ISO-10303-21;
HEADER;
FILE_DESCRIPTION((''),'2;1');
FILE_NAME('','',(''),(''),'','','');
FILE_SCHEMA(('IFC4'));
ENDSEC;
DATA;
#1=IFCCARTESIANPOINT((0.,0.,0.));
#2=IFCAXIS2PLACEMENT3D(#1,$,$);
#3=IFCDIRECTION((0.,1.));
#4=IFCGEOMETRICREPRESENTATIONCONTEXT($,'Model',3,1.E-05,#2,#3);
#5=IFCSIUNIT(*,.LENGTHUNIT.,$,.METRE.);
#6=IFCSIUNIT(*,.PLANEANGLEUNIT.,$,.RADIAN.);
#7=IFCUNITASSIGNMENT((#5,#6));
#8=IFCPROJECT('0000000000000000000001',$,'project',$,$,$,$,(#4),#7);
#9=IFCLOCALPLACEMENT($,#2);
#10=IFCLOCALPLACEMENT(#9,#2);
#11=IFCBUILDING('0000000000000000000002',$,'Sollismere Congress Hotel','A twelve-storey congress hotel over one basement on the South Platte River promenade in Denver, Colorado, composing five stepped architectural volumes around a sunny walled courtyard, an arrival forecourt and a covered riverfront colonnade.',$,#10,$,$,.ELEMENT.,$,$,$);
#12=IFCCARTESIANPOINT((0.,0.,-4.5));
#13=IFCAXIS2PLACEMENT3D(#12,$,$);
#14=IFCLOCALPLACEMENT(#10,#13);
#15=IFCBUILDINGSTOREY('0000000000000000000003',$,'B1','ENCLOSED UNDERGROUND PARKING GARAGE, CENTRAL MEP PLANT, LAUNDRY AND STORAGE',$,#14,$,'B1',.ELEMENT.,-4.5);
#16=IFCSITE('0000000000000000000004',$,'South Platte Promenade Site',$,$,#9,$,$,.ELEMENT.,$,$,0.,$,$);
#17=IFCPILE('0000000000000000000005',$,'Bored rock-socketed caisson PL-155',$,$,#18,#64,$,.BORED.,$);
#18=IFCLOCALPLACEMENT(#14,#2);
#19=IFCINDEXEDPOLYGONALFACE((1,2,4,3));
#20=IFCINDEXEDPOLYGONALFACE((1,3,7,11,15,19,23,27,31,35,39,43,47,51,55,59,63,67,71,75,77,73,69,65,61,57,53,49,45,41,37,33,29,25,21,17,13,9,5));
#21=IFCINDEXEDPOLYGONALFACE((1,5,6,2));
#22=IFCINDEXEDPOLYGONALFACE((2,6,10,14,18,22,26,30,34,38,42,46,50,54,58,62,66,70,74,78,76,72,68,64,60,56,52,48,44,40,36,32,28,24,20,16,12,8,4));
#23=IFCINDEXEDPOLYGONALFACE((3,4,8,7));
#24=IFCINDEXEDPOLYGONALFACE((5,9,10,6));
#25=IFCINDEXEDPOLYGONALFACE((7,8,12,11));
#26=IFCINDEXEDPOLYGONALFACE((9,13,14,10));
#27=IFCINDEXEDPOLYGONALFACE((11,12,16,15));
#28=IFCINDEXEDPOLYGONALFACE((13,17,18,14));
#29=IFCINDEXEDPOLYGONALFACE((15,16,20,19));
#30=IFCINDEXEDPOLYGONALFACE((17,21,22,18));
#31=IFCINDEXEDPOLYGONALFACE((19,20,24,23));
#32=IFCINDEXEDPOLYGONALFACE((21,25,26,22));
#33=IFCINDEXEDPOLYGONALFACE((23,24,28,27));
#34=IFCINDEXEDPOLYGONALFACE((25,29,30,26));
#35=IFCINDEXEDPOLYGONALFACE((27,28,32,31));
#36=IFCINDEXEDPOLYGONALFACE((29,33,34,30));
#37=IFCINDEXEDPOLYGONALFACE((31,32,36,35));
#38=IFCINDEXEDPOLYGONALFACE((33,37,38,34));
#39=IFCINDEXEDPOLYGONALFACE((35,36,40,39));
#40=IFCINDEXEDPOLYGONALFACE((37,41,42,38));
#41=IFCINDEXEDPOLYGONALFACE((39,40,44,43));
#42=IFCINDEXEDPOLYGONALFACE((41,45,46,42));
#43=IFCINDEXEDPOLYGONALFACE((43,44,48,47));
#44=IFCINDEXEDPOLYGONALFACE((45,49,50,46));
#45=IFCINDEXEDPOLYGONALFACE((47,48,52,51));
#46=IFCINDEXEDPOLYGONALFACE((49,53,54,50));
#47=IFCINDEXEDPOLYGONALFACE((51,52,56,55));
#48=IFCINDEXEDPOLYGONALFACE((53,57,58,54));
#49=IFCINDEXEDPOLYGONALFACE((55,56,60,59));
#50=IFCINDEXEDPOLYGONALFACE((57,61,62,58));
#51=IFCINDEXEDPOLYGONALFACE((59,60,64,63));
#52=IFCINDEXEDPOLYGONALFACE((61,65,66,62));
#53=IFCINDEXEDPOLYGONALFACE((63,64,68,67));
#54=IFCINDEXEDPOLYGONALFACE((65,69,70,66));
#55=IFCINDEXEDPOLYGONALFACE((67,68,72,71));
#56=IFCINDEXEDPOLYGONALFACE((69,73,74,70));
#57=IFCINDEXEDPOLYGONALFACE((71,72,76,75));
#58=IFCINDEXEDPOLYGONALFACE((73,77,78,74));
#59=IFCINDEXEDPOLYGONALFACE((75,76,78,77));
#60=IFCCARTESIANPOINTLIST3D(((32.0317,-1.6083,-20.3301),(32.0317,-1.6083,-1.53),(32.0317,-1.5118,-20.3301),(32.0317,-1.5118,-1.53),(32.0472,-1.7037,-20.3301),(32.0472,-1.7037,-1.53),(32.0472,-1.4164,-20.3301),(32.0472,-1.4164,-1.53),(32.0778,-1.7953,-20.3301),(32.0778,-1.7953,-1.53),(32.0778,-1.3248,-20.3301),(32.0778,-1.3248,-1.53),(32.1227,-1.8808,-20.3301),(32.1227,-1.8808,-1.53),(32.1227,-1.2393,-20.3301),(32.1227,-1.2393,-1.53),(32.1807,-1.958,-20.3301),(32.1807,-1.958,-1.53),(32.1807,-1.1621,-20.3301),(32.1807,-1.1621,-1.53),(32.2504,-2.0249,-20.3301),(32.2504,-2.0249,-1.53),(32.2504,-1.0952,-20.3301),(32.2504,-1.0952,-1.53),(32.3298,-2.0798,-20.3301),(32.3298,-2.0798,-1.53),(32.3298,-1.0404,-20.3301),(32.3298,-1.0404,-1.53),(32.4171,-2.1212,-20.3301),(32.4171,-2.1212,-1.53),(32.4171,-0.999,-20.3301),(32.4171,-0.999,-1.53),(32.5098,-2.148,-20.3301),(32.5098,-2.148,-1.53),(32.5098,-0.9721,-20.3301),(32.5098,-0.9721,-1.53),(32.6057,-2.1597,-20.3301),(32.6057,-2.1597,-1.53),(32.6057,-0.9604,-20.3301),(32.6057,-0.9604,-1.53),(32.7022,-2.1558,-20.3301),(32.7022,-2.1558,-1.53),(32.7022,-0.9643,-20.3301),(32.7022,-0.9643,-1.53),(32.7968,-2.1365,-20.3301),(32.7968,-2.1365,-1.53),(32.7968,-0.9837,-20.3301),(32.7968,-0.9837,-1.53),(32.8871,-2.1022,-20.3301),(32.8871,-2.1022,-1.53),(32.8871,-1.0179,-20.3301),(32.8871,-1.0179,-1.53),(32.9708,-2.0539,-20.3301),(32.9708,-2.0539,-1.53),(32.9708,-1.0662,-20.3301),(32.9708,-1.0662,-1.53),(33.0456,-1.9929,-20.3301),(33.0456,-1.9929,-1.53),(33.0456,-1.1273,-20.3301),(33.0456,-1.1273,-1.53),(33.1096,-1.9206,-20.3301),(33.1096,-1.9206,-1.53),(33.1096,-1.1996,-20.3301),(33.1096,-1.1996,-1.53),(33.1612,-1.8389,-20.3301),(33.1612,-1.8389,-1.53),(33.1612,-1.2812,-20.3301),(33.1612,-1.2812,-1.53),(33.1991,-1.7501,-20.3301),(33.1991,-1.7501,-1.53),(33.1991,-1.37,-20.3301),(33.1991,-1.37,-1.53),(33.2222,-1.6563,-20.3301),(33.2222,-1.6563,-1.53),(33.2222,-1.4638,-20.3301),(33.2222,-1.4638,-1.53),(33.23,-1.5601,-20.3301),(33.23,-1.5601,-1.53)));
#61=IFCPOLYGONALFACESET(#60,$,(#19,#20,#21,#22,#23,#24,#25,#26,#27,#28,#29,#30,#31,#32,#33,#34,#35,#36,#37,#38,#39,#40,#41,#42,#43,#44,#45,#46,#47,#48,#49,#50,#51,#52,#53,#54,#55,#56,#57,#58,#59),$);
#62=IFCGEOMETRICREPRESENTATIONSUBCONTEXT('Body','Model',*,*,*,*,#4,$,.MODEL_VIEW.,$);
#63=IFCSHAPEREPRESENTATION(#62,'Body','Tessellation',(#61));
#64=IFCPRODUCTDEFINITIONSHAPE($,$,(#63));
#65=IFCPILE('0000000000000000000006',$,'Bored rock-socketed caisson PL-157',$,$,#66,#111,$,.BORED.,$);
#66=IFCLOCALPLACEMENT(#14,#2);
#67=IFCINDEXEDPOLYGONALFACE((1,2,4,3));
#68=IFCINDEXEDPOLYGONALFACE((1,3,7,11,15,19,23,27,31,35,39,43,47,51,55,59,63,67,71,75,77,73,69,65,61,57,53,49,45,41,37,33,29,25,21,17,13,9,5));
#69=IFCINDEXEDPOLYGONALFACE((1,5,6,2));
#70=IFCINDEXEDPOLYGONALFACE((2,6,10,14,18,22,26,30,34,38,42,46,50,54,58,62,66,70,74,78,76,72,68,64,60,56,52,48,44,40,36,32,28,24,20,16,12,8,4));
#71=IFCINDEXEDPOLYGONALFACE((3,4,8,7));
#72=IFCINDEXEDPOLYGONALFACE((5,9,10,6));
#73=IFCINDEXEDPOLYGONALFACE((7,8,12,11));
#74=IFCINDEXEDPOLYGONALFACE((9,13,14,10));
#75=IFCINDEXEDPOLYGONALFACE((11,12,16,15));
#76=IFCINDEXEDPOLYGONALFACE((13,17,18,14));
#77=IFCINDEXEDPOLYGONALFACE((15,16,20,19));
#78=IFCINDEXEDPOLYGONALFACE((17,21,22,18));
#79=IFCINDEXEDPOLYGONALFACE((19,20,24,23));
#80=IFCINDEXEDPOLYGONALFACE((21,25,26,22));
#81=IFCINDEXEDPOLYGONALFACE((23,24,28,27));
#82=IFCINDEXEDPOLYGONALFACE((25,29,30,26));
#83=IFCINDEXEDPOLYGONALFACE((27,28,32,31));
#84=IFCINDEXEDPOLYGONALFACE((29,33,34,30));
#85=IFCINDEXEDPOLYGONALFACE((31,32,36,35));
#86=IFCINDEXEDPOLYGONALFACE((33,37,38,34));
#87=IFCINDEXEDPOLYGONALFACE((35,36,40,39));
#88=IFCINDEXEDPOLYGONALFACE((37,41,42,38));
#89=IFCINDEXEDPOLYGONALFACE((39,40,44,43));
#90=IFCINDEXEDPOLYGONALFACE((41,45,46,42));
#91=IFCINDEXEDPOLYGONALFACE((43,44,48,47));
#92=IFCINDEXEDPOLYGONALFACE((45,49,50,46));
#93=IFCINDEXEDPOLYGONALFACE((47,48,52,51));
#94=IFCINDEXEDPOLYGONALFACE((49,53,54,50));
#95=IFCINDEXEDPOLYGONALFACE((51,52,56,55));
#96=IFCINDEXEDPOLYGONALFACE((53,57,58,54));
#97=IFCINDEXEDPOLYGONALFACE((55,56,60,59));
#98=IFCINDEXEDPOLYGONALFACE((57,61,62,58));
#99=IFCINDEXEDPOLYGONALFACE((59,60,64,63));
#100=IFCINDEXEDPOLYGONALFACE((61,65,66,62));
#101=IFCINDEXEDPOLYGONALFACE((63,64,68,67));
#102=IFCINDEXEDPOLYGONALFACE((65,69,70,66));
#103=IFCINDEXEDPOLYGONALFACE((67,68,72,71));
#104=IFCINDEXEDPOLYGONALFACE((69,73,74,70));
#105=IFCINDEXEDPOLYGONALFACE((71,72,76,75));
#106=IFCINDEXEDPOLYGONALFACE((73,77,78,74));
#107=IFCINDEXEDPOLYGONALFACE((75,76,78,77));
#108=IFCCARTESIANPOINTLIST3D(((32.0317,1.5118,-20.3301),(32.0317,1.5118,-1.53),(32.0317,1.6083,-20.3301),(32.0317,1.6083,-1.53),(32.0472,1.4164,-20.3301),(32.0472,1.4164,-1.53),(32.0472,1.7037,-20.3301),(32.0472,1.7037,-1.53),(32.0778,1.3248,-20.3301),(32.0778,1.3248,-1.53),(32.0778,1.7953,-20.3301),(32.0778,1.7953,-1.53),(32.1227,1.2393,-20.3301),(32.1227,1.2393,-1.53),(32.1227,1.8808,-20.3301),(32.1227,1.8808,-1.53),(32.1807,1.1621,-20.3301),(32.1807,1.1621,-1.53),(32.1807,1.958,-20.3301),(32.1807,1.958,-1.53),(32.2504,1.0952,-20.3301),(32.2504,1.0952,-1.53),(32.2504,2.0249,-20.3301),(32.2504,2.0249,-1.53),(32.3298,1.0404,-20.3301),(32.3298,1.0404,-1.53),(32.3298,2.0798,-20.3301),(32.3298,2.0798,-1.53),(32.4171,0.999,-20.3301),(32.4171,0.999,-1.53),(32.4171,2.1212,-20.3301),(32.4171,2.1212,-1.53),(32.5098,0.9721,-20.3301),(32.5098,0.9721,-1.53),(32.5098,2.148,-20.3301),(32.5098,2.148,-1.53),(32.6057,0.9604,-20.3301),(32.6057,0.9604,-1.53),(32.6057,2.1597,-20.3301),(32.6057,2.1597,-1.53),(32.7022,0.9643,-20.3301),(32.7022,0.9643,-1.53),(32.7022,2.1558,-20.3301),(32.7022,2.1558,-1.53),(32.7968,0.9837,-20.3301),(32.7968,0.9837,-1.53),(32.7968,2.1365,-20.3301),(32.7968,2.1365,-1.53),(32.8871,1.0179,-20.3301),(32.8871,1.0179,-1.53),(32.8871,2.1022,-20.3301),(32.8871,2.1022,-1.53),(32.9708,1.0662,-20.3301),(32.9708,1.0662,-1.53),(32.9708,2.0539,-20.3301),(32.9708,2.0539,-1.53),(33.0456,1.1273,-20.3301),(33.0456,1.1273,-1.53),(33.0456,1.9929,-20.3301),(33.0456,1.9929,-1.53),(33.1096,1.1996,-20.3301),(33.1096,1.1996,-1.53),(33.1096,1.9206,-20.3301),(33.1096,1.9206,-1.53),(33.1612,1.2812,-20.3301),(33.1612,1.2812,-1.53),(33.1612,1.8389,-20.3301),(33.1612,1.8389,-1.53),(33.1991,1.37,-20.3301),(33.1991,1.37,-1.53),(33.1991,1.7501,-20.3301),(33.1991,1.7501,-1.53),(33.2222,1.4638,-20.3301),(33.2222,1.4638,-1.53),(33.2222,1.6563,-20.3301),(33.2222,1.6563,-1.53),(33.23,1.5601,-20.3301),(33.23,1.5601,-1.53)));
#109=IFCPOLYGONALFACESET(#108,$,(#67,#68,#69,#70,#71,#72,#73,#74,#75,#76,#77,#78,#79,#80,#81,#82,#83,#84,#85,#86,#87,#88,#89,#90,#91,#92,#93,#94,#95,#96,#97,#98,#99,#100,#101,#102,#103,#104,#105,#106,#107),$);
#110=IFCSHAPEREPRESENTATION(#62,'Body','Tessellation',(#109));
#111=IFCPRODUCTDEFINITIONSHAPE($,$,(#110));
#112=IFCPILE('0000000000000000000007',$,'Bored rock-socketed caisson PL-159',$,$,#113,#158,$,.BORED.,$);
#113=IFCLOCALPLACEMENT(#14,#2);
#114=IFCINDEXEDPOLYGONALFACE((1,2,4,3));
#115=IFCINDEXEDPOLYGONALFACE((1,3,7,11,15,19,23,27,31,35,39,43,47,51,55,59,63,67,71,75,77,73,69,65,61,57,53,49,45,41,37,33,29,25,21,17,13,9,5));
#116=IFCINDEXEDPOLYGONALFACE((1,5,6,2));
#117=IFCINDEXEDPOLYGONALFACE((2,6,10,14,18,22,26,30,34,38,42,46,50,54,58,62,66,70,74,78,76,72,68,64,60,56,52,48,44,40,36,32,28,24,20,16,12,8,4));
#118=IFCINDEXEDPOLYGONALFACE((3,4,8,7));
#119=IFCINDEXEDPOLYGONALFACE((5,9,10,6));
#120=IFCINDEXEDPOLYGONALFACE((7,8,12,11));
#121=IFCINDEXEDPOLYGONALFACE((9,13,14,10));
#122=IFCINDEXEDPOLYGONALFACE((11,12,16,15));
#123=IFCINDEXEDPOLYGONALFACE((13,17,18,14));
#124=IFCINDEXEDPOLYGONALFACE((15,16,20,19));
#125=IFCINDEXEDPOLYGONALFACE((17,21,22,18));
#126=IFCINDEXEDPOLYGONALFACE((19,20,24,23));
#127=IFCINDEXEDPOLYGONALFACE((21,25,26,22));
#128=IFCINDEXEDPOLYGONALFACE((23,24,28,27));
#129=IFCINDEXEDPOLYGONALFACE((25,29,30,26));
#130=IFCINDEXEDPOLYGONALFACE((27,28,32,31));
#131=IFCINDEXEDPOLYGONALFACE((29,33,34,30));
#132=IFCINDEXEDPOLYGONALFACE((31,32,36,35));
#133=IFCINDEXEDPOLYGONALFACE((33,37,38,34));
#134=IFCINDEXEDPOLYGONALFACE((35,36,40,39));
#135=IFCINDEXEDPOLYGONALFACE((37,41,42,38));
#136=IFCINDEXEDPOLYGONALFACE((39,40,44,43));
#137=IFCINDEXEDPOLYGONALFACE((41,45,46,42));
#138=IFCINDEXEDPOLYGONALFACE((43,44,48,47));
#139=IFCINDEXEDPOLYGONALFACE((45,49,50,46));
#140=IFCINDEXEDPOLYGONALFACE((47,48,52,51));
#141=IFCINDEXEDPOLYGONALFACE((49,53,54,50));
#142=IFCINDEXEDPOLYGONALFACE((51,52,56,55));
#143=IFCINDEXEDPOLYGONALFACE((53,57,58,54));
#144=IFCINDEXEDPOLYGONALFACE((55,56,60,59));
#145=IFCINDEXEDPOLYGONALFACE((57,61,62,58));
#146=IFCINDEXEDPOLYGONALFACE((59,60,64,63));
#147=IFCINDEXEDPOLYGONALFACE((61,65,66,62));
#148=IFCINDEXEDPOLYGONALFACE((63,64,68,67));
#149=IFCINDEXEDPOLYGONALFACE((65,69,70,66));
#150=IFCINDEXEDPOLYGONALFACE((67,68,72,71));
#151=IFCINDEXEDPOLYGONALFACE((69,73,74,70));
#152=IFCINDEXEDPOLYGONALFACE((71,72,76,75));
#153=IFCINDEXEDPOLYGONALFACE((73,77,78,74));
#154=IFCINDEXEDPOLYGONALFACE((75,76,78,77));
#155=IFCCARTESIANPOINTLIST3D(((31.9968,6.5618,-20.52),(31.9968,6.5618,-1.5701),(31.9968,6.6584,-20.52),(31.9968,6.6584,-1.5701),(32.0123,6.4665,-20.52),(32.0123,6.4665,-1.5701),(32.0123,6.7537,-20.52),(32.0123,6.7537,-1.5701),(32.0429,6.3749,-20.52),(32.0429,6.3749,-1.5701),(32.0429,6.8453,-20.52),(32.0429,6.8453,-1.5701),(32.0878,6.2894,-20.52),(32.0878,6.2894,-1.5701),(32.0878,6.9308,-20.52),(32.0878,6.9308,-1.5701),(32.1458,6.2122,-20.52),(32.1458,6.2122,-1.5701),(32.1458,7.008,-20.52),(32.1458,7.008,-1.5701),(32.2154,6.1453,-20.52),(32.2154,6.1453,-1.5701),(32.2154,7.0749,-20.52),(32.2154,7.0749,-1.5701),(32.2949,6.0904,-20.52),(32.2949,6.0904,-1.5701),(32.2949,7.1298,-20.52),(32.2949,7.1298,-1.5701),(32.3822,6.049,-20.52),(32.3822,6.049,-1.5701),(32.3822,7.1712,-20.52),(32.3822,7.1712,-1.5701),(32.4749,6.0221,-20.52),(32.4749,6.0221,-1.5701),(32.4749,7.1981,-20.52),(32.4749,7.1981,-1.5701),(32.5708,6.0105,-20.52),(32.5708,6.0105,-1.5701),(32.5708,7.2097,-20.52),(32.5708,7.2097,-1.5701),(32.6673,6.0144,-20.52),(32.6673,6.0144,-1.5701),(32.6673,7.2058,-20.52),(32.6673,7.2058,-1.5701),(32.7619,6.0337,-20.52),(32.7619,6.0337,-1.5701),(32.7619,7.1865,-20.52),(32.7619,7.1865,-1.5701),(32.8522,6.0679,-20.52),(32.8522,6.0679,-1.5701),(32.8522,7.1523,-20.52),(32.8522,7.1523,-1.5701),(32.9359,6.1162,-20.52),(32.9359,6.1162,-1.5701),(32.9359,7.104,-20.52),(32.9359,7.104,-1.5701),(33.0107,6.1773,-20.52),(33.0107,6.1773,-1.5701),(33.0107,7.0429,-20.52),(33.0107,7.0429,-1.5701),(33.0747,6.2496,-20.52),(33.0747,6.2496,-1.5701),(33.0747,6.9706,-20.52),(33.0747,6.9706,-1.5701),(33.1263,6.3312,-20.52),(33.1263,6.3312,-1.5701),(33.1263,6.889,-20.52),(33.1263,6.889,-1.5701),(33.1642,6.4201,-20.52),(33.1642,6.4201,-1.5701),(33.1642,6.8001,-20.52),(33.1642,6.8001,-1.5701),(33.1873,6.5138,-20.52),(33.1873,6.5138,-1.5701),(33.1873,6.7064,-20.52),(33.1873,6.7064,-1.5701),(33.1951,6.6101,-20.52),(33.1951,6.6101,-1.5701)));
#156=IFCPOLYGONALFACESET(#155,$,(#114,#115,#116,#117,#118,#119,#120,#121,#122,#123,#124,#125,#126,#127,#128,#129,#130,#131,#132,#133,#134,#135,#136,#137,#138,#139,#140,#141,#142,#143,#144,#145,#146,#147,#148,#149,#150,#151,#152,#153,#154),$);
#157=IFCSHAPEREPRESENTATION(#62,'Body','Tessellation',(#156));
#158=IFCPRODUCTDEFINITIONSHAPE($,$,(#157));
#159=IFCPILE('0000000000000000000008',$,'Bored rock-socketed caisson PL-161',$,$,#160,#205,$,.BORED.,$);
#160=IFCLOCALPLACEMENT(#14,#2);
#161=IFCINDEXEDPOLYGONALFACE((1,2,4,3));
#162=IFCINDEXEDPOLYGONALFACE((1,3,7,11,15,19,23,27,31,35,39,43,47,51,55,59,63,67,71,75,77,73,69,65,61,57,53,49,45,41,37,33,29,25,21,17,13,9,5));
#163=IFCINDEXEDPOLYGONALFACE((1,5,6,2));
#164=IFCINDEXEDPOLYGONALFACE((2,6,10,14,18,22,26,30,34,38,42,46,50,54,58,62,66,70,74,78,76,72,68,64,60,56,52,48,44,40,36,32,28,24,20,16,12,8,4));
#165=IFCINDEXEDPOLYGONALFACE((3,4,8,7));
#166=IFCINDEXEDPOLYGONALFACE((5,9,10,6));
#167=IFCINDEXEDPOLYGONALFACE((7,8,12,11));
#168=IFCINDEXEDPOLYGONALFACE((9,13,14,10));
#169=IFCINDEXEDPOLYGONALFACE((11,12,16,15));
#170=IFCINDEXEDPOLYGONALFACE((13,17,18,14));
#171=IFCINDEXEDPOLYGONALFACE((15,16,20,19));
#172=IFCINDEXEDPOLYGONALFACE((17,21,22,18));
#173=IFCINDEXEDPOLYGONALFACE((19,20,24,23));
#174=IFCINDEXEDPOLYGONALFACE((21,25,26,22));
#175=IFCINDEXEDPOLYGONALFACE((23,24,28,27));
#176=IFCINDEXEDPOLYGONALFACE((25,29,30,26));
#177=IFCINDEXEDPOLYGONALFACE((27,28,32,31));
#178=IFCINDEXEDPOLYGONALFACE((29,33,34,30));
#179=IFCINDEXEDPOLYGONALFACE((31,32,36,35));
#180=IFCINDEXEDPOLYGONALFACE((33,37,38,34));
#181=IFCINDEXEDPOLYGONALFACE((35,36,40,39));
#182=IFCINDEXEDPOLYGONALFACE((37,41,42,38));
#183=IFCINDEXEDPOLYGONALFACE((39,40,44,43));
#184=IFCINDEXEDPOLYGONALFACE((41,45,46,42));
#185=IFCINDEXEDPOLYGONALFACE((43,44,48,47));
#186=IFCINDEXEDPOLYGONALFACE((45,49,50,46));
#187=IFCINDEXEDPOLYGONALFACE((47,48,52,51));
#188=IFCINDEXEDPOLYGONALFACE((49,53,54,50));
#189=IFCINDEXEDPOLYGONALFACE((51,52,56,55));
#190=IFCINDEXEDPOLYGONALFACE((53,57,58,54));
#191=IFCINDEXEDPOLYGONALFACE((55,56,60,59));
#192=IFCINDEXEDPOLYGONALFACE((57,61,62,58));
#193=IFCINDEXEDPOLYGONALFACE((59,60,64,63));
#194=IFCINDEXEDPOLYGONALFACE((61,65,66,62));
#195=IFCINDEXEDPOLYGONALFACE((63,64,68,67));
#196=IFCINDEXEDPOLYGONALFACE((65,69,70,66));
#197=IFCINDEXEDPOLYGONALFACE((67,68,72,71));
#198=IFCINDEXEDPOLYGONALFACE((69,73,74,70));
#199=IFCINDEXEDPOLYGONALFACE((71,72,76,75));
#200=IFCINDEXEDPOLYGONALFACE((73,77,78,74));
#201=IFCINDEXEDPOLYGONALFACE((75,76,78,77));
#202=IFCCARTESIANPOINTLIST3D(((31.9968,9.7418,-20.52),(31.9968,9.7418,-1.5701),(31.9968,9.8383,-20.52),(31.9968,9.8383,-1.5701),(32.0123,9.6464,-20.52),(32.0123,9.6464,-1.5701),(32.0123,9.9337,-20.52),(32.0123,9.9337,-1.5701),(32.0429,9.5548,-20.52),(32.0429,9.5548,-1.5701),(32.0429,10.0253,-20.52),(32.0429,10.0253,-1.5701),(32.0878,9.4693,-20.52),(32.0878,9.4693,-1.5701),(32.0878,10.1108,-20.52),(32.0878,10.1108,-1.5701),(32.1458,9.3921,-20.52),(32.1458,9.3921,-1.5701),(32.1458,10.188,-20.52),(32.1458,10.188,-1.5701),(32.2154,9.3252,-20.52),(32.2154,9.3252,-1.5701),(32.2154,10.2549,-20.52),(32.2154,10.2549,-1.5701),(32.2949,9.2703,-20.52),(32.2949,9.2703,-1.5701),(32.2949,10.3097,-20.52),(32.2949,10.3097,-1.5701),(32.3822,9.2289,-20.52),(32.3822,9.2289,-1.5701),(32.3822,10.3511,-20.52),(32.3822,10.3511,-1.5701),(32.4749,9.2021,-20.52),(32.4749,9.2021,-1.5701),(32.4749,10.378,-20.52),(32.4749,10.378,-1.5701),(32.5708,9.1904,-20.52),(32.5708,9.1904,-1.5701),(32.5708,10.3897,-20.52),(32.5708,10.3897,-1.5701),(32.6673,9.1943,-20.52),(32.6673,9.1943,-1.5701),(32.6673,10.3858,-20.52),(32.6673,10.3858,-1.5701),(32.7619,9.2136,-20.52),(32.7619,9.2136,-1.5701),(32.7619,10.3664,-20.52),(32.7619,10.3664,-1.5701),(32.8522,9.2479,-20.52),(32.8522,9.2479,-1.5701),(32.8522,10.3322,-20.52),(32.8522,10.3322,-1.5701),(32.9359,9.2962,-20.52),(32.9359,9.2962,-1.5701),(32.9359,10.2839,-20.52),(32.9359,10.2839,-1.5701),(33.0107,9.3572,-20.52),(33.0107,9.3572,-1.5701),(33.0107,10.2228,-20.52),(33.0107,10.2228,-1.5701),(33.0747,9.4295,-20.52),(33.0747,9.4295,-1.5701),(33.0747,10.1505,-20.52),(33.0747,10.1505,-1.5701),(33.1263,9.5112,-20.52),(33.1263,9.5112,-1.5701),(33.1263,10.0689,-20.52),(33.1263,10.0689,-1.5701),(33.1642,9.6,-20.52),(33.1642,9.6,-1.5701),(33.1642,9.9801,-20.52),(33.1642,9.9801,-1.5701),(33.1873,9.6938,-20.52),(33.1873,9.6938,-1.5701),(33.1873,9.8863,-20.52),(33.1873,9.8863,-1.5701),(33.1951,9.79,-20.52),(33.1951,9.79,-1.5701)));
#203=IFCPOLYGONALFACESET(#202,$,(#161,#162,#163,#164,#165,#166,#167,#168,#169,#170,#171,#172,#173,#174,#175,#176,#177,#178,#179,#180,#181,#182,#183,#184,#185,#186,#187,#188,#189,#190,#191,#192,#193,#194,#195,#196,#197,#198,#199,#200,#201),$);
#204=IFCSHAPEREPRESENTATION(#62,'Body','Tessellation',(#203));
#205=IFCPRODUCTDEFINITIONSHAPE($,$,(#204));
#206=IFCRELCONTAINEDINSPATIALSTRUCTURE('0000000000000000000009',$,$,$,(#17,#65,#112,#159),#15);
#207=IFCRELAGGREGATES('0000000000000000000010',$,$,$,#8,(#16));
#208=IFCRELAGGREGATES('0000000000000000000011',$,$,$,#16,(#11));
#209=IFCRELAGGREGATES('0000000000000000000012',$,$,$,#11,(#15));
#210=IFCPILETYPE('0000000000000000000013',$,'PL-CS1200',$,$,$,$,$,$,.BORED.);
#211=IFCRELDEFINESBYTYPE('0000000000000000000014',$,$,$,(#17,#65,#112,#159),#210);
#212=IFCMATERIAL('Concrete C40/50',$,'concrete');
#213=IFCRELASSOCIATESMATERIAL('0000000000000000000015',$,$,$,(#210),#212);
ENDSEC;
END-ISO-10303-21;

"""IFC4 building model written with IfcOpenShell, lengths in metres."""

from ifc_helpers import new_model, si_unit, direction, frame, origin, origin_2d, place, context, subcontext, project, spatial, circle, extrude, material, material_profile, profile_set, type_object, element, save


model = new_model("IFC4")

# Units and contexts
model_context = context("Model", 3, precision=1e-05, world=origin(), true_north=direction((0.0, 1.0)))
body_context = subcontext(model_context, "Body", "Model", "MODEL_VIEW")
ifc_project = project(units=[si_unit("LENGTHUNIT", "METRE"), si_unit("PLANEANGLEUNIT", "RADIAN")], contexts=[model_context])

# Site, building, storey
site_placement = place(None, origin())
site = spatial("IfcSite", under=ifc_project, at=site_placement, Name="South Platte Promenade Site", CompositionType="ELEMENT", RefElevation=0.0)
building_placement = place(site_placement, origin())
building = spatial("IfcBuilding", under=site, at=building_placement, Name="Sollismere Congress Hotel", Description="A twelve-storey congress hotel over one basement on the South Platte River promenade in Denver, Colorado, composing five stepped architectural volumes around a sunny walled courtyard, an arrival forecourt and a covered riverfront colonnade.", CompositionType="ELEMENT")
storey_placement = place(building_placement, frame((0.0, 0.0, -4.5)))
storey = spatial("IfcBuildingStorey", under=building, at=storey_placement, Name="B1", Description="ENCLOSED UNDERGROUND PARKING GARAGE, CENTRAL MEP PLANT, LAUNDRY AND STORAGE", LongName="B1", CompositionType="ELEMENT", Elevation=-4.5)

# Shared definitions
ifc_material_1 = material(Name="Concrete C40/50", Category="concrete")

# Piles
ifc_material_profile_1 = material_profile(ifc_material_1, circle(Radius=0.6001, at=origin_2d()), Name="CAISSON1200")
ifc_profile_set_1 = profile_set([ifc_material_profile_1], Name="Concrete C40/50")
pile_type = type_object("IfcPileType", Name="PL-CS1200", PredefinedType="BORED", material=ifc_profile_set_1)
for number, where, z_axis, x_axis, name in (
    (1, (32.6299, -1.5601, -1.53), (0.0, 0.0, -1.0), (1.0, 0.0, 0.0), "Bored rock-socketed caisson PL-155"),
    (2, (32.6299, 1.5601, -1.53), (0.0, 0.0, -1.0), (1.0, 0.0, 0.0), "Bored rock-socketed caisson PL-157"),
):
    element("IfcPile", number, at=place(storey_placement, frame(where, z_axis=z_axis, x_axis=x_axis)), inside=storey, type_object=pile_type, Name=name, PredefinedType="BORED", context=body_context, shape_type="SweptSolid", body=[
        extrude(circle(Radius=0.6001, at=origin_2d()), origin(), (0.0, 0.0, 1.0), 18.8),
    ])
for number, where, z_axis, x_axis, name in (
    (3, (32.595, 6.6101, -1.5701), (0.0, 0.0, -1.0), (1.0, 0.0, 0.0), "Bored rock-socketed caisson PL-159"),
    (4, (32.595, 9.79, -1.5701), (0.0, 0.0, -1.0), (1.0, 0.0, 0.0), "Bored rock-socketed caisson PL-161"),
):
    element("IfcPile", number, at=place(storey_placement, frame(where, z_axis=z_axis, x_axis=x_axis)), inside=storey, type_object=pile_type, Name=name, PredefinedType="BORED", context=body_context, shape_type="SweptSolid", body=[
        extrude(circle(Radius=0.6001, at=origin_2d()), origin(), (0.0, 0.0, 1.0), 18.95),
    ])

save(model, "model.ifc")
